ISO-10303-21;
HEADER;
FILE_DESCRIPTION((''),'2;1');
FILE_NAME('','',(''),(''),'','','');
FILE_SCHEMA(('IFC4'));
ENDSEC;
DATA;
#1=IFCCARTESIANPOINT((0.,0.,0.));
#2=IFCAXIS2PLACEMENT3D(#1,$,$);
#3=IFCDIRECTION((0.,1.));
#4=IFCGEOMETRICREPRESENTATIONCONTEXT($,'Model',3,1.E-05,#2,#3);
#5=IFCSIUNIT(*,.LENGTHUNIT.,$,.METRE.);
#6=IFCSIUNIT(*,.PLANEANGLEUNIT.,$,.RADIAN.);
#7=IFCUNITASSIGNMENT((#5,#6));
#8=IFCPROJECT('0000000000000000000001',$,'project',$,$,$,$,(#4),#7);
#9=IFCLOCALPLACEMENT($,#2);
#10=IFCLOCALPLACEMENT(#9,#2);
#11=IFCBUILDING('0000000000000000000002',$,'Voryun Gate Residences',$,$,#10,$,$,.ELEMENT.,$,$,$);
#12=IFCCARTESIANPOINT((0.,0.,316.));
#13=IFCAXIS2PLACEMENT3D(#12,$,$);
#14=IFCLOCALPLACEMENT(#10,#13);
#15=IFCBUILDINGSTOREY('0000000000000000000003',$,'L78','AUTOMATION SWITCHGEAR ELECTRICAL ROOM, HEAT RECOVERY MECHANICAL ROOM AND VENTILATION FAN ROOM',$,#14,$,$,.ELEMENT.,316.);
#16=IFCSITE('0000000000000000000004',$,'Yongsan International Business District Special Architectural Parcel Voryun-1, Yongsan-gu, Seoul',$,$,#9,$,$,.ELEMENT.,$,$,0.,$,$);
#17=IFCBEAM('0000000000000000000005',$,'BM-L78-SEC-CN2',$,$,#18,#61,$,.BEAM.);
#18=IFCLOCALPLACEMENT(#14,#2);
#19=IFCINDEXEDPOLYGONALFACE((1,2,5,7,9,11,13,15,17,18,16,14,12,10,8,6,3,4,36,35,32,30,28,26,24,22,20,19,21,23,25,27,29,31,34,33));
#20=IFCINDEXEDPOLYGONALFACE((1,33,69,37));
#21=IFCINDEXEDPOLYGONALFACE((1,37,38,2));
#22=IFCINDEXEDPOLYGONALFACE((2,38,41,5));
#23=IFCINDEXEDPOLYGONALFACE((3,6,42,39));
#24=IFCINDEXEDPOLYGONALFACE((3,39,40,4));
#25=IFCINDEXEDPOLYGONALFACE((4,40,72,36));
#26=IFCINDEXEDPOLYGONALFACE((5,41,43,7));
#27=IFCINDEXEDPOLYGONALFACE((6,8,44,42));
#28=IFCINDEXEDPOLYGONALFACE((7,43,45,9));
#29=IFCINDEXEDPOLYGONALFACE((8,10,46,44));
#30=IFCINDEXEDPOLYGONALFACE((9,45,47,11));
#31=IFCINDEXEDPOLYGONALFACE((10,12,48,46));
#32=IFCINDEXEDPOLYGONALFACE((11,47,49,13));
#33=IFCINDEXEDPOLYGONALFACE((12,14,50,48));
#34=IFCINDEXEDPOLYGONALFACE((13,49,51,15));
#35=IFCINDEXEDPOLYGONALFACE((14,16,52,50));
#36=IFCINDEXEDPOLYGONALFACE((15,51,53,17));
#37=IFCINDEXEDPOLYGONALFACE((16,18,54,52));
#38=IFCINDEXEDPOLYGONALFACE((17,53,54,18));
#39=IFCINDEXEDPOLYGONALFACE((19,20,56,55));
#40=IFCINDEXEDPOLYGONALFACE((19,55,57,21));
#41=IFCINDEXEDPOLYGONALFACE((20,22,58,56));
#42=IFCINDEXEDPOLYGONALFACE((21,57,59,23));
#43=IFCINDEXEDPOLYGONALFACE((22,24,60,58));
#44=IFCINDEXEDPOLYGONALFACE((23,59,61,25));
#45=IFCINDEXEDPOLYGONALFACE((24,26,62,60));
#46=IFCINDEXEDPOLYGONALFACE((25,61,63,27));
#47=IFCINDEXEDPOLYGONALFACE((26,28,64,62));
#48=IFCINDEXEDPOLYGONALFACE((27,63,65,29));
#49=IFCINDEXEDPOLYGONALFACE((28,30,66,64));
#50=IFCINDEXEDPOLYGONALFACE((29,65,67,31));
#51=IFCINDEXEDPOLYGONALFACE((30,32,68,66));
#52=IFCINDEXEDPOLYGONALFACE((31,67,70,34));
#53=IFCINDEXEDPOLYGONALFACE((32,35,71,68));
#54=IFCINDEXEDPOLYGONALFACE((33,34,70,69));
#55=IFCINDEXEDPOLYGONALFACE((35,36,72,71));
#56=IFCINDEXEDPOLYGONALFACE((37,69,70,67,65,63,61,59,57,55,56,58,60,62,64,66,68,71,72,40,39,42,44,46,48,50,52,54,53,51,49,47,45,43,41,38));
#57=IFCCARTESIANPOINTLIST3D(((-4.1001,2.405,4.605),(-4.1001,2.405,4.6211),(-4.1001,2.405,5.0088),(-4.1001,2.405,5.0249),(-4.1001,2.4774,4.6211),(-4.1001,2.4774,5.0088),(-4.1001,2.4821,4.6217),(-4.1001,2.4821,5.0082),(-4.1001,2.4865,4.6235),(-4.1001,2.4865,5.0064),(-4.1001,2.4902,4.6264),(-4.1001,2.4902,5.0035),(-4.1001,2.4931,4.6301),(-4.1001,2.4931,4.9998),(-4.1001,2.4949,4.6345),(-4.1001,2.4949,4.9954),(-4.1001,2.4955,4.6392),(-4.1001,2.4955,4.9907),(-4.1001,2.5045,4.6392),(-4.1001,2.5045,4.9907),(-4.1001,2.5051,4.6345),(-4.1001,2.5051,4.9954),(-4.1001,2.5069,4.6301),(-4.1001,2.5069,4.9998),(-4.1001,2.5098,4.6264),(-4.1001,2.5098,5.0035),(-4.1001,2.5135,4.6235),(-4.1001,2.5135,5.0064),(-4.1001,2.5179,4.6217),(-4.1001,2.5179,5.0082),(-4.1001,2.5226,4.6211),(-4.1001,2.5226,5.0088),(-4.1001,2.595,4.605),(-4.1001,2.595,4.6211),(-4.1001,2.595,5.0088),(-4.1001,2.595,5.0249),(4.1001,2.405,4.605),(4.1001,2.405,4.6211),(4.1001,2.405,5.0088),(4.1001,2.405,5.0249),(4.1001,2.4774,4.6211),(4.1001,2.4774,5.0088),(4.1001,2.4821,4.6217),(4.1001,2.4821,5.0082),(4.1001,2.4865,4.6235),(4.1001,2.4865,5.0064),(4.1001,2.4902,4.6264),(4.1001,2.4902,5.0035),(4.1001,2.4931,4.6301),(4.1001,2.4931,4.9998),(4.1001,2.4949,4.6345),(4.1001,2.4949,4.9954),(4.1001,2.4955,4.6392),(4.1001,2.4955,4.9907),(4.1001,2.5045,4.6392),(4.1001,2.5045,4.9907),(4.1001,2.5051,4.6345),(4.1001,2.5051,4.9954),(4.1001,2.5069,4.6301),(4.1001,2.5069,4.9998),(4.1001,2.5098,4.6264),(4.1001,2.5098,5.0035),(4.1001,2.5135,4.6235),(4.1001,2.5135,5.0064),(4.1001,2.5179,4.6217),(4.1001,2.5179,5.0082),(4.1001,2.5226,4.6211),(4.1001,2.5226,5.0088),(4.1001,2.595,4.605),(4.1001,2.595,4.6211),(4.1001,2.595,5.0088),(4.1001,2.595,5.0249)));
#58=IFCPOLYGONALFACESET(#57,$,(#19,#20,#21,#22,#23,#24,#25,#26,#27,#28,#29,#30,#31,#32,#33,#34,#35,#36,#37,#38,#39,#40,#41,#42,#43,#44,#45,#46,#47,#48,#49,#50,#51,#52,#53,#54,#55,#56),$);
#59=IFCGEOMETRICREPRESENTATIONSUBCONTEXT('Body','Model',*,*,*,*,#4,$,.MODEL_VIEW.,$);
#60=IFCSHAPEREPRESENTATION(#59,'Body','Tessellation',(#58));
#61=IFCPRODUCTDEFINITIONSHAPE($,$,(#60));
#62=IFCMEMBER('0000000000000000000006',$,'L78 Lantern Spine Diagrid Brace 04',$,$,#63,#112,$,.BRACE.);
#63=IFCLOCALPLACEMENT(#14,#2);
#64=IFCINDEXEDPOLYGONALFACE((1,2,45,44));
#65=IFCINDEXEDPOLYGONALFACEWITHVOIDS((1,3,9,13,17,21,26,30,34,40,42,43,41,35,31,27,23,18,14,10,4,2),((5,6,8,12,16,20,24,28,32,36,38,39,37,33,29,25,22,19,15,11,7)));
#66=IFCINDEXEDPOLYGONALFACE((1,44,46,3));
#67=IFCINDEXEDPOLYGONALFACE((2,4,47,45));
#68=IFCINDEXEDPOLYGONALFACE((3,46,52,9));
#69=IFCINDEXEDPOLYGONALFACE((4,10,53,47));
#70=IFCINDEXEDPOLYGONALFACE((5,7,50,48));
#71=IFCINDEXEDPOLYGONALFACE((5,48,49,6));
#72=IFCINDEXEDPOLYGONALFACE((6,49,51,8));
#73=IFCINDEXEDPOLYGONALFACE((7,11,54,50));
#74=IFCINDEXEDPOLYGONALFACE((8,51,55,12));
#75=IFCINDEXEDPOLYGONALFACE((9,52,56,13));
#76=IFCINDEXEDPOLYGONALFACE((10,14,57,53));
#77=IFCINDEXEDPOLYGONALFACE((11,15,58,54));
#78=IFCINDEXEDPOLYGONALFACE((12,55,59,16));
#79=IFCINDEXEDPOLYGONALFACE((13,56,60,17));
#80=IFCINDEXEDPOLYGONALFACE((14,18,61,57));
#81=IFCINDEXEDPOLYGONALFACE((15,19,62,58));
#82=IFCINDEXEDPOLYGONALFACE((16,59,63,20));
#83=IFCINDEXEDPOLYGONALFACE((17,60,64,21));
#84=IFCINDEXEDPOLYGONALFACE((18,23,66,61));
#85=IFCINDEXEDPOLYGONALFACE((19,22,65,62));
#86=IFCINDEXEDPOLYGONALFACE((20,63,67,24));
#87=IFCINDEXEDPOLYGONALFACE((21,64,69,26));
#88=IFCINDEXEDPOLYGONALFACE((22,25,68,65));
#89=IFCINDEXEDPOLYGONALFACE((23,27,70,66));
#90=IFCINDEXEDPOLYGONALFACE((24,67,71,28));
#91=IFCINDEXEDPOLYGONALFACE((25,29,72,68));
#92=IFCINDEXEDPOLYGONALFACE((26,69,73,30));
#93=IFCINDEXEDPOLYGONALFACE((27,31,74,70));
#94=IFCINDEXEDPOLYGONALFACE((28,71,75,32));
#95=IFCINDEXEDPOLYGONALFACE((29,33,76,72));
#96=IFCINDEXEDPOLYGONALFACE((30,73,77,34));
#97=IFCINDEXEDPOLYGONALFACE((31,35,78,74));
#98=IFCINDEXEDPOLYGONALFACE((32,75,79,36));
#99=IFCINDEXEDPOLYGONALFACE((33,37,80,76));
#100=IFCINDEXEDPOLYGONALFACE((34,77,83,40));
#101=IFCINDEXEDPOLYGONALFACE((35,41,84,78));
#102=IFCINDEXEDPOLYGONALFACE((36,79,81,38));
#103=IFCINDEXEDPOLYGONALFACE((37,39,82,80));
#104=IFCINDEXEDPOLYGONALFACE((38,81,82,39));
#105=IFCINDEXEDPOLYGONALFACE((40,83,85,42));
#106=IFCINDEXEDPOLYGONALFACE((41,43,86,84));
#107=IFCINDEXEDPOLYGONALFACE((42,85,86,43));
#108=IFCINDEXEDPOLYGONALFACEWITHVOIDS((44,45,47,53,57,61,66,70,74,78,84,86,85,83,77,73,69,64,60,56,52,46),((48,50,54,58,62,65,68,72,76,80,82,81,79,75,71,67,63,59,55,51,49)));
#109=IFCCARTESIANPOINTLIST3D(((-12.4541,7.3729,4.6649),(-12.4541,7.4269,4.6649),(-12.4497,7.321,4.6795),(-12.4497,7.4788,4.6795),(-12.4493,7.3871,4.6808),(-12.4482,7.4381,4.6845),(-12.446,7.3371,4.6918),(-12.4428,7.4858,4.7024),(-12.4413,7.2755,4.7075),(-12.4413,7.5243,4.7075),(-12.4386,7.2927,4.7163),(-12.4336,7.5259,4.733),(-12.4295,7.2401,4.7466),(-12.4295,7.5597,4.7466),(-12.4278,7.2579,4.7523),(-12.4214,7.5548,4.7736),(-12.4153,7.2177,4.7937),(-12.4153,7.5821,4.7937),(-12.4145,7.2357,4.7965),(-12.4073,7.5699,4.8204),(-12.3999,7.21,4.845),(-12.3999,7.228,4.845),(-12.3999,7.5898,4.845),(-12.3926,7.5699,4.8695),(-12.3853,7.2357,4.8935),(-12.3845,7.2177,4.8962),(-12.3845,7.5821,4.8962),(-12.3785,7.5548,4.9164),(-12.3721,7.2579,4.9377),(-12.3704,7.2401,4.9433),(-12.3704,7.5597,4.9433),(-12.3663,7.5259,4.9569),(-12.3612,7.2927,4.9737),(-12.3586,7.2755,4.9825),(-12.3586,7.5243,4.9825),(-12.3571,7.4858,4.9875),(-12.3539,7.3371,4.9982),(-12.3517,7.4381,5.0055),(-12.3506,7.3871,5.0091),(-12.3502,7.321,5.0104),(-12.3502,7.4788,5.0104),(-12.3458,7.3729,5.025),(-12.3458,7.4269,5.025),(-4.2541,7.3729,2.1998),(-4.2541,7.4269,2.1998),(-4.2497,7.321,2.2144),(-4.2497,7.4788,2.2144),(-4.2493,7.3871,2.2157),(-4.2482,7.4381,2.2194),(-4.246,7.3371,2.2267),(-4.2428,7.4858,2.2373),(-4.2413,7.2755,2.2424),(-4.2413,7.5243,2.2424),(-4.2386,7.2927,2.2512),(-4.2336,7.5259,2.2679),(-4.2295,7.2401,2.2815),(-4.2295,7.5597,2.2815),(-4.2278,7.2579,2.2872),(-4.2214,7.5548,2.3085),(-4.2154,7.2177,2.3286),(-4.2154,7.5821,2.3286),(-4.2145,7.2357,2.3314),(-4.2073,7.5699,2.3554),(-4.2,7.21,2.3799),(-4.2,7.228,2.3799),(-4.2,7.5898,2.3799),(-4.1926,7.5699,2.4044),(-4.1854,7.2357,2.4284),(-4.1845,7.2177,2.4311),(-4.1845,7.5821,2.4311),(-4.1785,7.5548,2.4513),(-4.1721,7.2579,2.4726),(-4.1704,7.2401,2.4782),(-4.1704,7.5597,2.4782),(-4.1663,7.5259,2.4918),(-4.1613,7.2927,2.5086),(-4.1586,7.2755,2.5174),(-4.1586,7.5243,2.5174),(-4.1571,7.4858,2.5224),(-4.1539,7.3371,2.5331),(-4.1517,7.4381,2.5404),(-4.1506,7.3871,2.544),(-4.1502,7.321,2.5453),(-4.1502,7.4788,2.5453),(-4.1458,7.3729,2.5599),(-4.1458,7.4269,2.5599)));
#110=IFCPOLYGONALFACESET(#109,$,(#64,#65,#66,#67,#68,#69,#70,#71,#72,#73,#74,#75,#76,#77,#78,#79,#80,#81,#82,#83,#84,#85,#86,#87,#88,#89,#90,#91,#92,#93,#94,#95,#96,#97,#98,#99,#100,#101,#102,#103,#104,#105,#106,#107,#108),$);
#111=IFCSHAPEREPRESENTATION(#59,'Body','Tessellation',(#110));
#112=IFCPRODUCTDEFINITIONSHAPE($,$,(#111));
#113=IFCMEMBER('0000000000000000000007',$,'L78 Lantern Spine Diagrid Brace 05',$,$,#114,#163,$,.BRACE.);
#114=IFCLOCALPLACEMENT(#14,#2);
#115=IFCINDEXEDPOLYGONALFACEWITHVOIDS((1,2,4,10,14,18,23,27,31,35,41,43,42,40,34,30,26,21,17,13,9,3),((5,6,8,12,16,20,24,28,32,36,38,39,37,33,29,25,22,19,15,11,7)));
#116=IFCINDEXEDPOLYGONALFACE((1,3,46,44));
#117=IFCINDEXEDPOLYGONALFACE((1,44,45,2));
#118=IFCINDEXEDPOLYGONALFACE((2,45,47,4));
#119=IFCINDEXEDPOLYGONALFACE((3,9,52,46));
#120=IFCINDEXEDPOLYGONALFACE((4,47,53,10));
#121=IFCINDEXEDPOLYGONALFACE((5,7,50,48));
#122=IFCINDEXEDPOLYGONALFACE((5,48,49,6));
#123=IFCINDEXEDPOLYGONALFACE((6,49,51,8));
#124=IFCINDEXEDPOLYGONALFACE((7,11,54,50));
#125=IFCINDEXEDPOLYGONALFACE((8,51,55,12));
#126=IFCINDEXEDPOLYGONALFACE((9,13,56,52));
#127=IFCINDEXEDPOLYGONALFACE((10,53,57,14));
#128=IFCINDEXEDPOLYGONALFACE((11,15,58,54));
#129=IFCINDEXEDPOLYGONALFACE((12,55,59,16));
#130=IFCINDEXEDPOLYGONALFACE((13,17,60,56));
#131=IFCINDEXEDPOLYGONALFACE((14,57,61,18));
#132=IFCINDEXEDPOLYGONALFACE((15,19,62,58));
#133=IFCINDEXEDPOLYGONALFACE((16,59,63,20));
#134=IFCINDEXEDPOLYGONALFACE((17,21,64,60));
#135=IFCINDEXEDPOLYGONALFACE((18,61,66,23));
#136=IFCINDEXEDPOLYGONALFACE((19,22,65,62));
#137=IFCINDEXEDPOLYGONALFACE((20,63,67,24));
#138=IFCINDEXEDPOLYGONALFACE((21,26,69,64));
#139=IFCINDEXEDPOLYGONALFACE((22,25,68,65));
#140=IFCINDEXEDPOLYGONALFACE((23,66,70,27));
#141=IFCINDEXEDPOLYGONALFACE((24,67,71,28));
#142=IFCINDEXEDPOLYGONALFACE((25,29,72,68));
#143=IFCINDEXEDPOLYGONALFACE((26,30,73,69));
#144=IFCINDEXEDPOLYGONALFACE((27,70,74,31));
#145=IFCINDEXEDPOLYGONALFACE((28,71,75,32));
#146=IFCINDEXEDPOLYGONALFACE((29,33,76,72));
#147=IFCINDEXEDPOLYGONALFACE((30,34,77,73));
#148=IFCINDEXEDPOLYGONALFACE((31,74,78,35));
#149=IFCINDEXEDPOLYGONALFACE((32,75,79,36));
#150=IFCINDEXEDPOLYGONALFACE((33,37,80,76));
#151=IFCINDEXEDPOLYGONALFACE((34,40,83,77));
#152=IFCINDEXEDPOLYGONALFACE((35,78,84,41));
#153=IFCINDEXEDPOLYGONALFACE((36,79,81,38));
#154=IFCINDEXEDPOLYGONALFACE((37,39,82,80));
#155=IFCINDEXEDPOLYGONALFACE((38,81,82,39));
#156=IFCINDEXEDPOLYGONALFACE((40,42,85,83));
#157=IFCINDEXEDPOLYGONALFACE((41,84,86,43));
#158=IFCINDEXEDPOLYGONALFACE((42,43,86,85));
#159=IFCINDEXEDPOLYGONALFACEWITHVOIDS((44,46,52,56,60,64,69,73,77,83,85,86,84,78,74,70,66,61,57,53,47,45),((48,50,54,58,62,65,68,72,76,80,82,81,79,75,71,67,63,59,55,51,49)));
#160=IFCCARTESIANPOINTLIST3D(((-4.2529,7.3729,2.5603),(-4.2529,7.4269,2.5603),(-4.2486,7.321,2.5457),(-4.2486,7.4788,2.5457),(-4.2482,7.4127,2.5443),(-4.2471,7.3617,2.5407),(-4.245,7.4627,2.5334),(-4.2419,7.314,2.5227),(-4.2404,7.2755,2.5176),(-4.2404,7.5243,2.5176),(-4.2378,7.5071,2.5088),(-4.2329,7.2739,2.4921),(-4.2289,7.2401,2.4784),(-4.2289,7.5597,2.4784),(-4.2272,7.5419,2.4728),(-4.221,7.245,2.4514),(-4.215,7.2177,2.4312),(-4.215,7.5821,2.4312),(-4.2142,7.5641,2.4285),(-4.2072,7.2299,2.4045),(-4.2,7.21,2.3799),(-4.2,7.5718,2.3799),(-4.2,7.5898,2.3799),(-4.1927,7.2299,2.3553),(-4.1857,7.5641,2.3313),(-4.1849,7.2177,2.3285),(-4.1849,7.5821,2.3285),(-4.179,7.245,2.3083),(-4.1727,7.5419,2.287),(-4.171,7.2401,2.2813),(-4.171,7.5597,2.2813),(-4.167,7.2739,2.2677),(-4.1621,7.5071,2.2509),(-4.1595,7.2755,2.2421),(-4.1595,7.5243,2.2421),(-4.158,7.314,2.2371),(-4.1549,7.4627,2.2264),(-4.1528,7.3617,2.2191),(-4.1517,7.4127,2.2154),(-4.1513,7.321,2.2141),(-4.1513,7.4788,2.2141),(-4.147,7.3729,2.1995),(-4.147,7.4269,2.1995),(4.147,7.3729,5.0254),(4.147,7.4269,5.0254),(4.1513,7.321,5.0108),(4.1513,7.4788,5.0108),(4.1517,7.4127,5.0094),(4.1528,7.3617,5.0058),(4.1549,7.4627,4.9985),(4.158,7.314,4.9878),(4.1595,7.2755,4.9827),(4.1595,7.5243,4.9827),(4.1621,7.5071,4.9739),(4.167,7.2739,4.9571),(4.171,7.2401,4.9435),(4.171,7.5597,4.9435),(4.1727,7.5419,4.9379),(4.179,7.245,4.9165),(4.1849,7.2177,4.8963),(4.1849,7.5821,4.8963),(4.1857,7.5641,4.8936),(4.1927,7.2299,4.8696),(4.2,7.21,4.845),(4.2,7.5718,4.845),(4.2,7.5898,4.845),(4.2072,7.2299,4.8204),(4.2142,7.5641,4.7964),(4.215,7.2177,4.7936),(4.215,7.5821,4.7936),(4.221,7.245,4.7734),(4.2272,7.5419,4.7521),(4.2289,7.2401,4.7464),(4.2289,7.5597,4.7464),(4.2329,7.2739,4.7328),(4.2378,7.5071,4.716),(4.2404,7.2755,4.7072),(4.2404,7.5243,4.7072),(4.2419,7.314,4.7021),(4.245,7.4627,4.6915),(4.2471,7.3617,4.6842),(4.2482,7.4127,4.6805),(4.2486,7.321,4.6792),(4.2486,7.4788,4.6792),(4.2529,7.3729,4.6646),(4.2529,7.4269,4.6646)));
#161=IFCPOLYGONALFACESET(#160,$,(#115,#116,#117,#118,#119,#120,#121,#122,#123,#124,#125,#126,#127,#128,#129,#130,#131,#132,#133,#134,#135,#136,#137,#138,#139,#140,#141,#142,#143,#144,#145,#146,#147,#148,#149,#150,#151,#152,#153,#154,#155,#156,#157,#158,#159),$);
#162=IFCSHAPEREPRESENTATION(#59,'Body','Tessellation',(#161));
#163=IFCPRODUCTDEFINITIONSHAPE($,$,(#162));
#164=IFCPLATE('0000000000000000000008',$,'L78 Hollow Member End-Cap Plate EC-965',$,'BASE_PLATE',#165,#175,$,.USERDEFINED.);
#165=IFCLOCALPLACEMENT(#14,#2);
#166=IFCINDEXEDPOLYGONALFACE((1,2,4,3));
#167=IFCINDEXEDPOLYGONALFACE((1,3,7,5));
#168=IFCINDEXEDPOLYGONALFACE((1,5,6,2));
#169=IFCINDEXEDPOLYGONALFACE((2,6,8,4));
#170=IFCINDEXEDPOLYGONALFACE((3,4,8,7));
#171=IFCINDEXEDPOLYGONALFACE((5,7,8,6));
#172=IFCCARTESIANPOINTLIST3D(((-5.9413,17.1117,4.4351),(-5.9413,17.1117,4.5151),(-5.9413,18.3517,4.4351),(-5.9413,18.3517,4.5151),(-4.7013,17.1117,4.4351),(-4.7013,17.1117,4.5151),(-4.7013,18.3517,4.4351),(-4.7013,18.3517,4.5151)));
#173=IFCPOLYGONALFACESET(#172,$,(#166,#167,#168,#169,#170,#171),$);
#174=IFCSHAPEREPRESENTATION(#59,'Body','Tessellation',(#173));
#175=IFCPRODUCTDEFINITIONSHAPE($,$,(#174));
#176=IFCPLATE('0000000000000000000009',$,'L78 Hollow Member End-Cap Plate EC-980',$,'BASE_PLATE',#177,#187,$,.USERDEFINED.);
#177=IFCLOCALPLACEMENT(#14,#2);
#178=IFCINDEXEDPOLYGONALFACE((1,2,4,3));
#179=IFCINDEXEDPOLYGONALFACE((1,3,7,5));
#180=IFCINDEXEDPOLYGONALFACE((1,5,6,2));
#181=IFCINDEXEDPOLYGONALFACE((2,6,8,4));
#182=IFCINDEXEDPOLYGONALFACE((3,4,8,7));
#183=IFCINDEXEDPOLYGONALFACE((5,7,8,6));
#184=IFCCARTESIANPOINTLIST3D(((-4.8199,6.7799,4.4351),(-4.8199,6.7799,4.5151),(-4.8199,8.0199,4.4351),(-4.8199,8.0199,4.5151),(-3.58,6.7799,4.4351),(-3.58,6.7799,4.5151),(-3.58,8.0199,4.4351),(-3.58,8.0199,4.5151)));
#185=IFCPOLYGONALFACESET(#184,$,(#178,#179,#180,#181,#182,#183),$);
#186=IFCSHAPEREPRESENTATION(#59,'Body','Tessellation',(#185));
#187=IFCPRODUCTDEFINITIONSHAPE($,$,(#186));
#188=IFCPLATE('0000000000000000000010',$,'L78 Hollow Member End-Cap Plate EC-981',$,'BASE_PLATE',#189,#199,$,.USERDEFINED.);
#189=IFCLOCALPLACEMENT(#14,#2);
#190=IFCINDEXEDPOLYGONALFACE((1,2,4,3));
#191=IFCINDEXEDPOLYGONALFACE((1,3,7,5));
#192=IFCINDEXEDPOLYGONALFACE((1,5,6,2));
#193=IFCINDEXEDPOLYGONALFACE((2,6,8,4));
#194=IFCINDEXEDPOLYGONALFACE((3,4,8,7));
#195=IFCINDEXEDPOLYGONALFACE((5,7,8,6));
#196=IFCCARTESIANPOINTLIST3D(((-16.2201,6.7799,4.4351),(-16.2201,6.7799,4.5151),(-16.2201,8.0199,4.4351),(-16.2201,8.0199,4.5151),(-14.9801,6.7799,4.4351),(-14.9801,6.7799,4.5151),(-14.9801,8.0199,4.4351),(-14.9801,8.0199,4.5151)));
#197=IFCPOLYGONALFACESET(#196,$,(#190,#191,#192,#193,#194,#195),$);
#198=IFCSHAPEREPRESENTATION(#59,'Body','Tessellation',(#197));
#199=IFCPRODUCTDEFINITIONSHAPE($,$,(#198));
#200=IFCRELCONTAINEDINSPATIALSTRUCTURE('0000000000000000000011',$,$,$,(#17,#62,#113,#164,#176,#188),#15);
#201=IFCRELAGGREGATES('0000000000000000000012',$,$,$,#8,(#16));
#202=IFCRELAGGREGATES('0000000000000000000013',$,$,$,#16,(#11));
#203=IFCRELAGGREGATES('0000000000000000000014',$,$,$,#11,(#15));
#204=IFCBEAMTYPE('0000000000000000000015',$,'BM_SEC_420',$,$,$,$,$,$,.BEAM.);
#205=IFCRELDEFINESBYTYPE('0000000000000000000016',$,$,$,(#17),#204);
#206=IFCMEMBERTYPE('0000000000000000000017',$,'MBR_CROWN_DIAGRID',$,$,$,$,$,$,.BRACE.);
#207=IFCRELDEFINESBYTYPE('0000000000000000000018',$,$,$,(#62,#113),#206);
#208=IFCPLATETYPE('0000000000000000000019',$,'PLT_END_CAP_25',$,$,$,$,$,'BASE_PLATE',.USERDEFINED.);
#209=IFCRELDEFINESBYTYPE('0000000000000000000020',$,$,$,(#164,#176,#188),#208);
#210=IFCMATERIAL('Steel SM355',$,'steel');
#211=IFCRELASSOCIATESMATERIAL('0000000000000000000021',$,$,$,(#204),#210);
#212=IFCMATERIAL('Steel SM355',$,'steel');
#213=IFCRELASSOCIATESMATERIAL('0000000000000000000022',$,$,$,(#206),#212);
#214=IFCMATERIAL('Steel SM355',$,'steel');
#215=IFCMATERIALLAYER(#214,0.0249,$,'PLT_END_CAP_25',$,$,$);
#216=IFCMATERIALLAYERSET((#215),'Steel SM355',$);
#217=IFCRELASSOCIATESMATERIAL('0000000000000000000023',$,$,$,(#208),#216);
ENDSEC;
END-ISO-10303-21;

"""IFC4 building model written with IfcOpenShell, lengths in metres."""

from ifc_helpers import new_model, si_unit, direction, frame, origin, origin_2d, place, context, subcontext, project, spatial, rectangle, hollow_circle, i_section, extrude, material, layer, layer_set, material_profile, profile_set, type_object, element, save


model = new_model("IFC4")

# Units and contexts
model_context = context("Model", 3, precision=1e-05, world=origin(), true_north=direction((0.0, 1.0)))
body_context = subcontext(model_context, "Body", "Model", "MODEL_VIEW")
ifc_project = project(units=[si_unit("LENGTHUNIT", "METRE"), si_unit("PLANEANGLEUNIT", "RADIAN")], contexts=[model_context])

# Site, building, storey
site_placement = place(None, origin())
site = spatial("IfcSite", under=ifc_project, at=site_placement, Name="Yongsan International Business District Special Architectural Parcel Voryun-1, Yongsan-gu, Seoul", CompositionType="ELEMENT", RefElevation=0.0)
building_placement = place(site_placement, origin())
building = spatial("IfcBuilding", under=site, at=building_placement, Name="Voryun Gate Residences", CompositionType="ELEMENT")
storey_placement = place(building_placement, frame((0.0, 0.0, 316.0)))
storey = spatial("IfcBuildingStorey", under=building, at=storey_placement, Name="L78", Description="AUTOMATION SWITCHGEAR ELECTRICAL ROOM, HEAT RECOVERY MECHANICAL ROOM AND VENTILATION FAN ROOM", CompositionType="ELEMENT", Elevation=316.0)

# Beam
ifc_material_1 = material(Name="Steel SM355", Category="steel")
ifc_material_profile_1 = material_profile(ifc_material_1, i_section(OverallWidth=0.1899, OverallDepth=0.4199, WebThickness=0.009, FlangeThickness=0.0161, FilletRadius=0.0181, at=origin_2d()), Name="H-420x190x9x16")
ifc_profile_set_1 = profile_set([ifc_material_profile_1], Name="Steel SM355")
beam_type_1 = type_object("IfcBeamType", Name="BM_SEC_420", PredefinedType="BEAM", material=ifc_profile_set_1)
beam_1_placement = place(storey_placement, frame((-4.1001, 2.5, 4.8149), z_axis=(1.0, 0.0, 0.0), x_axis=(0.0, 1.0, 0.0)))
element("IfcBeam", 1, at=beam_1_placement, inside=storey, type_object=beam_type_1, Name="BM-L78-SEC-CN2", PredefinedType="BEAM", context=body_context, shape_type="SweptSolid", body=[
    extrude(i_section(OverallWidth=0.1899, OverallDepth=0.4199, WebThickness=0.009, FlangeThickness=0.0161, FilletRadius=0.0181, at=origin_2d()), origin(), (0.0, 0.0, 1.0), 8.2002),
])

# Members
ifc_material_2 = material(Name="Steel SM355", Category="steel")
ifc_material_profile_2 = material_profile(ifc_material_2, hollow_circle(Radius=0.1899, WallThickness=0.0181, at=origin_2d()), Name="CHS-380x18")
ifc_profile_set_2 = profile_set([ifc_material_profile_2], Name="Steel SM355")
member_type = type_object("IfcMemberType", Name="MBR_CROWN_DIAGRID", PredefinedType="BRACE", material=ifc_profile_set_2)
member_1_placement = place(storey_placement, frame((-4.2, 7.3999, 2.3799), z_axis=(-0.957662, 0.0, 0.287895), x_axis=(0.0, -1.0, 0.0)))
element("IfcMember", 2, at=member_1_placement, inside=storey, type_object=member_type, Name="L78 Lantern Spine Diagrid Brace 04", PredefinedType="BRACE", context=body_context, shape_type="SweptSolid", body=[
    extrude(hollow_circle(Radius=0.1899, WallThickness=0.0181, at=origin_2d()), origin(), (0.0, 0.0, 1.0), 8.5625),
])
member_2_placement = place(storey_placement, frame((-4.2, 7.3999, 2.3799), z_axis=(0.959535, 0.0, 0.281591), x_axis=(0.0, 1.0, 0.0)))
element("IfcMember", 3, at=member_2_placement, inside=storey, type_object=member_type, Name="L78 Lantern Spine Diagrid Brace 05", PredefinedType="BRACE", context=body_context, shape_type="SweptSolid", body=[
    extrude(hollow_circle(Radius=0.1899, WallThickness=0.0181, at=origin_2d()), origin(), (0.0, 0.0, 1.0), 8.7542),
])

# Plates
ifc_material_3 = material(Name="Steel SM355", Category="steel")
ifc_layer_1 = layer(ifc_material_3, 0.0249, Name="PLT_END_CAP_25")
ifc_layer_set_1 = layer_set([ifc_layer_1], Name="Steel SM355")
plate_type_1 = type_object("IfcPlateType", Name="PLT_END_CAP_25", ElementType="BASE_PLATE", PredefinedType="USERDEFINED", material=ifc_layer_set_1)
for number, where, z_axis, x_axis, name in (
    (4, (-5.3213, 17.7317, 4.4351), (0.0, 0.0, 1.0), (1.0, 0.0, 0.0), "L78 Hollow Member End-Cap Plate EC-965"),
    (5, (-4.2, 7.3999, 4.4351), (0.0, 0.0, 1.0), (1.0, 0.0, 0.0), "L78 Hollow Member End-Cap Plate EC-980"),
    (6, (-15.6001, 7.3999, 4.4351), (0.0, 0.0, 1.0), (1.0, 0.0, 0.0), "L78 Hollow Member End-Cap Plate EC-981"),
):
    element("IfcPlate", number, at=place(storey_placement, frame(where, z_axis=z_axis, x_axis=x_axis)), inside=storey, type_object=plate_type_1, Name=name, ObjectType="BASE_PLATE", PredefinedType="USERDEFINED", context=body_context, shape_type="SweptSolid", body=[
        extrude(rectangle(XDim=1.24, YDim=1.24, at=origin_2d()), origin(), (0.0, 0.0, 1.0), 0.0801),
    ])

save(model, "model.ifc")
